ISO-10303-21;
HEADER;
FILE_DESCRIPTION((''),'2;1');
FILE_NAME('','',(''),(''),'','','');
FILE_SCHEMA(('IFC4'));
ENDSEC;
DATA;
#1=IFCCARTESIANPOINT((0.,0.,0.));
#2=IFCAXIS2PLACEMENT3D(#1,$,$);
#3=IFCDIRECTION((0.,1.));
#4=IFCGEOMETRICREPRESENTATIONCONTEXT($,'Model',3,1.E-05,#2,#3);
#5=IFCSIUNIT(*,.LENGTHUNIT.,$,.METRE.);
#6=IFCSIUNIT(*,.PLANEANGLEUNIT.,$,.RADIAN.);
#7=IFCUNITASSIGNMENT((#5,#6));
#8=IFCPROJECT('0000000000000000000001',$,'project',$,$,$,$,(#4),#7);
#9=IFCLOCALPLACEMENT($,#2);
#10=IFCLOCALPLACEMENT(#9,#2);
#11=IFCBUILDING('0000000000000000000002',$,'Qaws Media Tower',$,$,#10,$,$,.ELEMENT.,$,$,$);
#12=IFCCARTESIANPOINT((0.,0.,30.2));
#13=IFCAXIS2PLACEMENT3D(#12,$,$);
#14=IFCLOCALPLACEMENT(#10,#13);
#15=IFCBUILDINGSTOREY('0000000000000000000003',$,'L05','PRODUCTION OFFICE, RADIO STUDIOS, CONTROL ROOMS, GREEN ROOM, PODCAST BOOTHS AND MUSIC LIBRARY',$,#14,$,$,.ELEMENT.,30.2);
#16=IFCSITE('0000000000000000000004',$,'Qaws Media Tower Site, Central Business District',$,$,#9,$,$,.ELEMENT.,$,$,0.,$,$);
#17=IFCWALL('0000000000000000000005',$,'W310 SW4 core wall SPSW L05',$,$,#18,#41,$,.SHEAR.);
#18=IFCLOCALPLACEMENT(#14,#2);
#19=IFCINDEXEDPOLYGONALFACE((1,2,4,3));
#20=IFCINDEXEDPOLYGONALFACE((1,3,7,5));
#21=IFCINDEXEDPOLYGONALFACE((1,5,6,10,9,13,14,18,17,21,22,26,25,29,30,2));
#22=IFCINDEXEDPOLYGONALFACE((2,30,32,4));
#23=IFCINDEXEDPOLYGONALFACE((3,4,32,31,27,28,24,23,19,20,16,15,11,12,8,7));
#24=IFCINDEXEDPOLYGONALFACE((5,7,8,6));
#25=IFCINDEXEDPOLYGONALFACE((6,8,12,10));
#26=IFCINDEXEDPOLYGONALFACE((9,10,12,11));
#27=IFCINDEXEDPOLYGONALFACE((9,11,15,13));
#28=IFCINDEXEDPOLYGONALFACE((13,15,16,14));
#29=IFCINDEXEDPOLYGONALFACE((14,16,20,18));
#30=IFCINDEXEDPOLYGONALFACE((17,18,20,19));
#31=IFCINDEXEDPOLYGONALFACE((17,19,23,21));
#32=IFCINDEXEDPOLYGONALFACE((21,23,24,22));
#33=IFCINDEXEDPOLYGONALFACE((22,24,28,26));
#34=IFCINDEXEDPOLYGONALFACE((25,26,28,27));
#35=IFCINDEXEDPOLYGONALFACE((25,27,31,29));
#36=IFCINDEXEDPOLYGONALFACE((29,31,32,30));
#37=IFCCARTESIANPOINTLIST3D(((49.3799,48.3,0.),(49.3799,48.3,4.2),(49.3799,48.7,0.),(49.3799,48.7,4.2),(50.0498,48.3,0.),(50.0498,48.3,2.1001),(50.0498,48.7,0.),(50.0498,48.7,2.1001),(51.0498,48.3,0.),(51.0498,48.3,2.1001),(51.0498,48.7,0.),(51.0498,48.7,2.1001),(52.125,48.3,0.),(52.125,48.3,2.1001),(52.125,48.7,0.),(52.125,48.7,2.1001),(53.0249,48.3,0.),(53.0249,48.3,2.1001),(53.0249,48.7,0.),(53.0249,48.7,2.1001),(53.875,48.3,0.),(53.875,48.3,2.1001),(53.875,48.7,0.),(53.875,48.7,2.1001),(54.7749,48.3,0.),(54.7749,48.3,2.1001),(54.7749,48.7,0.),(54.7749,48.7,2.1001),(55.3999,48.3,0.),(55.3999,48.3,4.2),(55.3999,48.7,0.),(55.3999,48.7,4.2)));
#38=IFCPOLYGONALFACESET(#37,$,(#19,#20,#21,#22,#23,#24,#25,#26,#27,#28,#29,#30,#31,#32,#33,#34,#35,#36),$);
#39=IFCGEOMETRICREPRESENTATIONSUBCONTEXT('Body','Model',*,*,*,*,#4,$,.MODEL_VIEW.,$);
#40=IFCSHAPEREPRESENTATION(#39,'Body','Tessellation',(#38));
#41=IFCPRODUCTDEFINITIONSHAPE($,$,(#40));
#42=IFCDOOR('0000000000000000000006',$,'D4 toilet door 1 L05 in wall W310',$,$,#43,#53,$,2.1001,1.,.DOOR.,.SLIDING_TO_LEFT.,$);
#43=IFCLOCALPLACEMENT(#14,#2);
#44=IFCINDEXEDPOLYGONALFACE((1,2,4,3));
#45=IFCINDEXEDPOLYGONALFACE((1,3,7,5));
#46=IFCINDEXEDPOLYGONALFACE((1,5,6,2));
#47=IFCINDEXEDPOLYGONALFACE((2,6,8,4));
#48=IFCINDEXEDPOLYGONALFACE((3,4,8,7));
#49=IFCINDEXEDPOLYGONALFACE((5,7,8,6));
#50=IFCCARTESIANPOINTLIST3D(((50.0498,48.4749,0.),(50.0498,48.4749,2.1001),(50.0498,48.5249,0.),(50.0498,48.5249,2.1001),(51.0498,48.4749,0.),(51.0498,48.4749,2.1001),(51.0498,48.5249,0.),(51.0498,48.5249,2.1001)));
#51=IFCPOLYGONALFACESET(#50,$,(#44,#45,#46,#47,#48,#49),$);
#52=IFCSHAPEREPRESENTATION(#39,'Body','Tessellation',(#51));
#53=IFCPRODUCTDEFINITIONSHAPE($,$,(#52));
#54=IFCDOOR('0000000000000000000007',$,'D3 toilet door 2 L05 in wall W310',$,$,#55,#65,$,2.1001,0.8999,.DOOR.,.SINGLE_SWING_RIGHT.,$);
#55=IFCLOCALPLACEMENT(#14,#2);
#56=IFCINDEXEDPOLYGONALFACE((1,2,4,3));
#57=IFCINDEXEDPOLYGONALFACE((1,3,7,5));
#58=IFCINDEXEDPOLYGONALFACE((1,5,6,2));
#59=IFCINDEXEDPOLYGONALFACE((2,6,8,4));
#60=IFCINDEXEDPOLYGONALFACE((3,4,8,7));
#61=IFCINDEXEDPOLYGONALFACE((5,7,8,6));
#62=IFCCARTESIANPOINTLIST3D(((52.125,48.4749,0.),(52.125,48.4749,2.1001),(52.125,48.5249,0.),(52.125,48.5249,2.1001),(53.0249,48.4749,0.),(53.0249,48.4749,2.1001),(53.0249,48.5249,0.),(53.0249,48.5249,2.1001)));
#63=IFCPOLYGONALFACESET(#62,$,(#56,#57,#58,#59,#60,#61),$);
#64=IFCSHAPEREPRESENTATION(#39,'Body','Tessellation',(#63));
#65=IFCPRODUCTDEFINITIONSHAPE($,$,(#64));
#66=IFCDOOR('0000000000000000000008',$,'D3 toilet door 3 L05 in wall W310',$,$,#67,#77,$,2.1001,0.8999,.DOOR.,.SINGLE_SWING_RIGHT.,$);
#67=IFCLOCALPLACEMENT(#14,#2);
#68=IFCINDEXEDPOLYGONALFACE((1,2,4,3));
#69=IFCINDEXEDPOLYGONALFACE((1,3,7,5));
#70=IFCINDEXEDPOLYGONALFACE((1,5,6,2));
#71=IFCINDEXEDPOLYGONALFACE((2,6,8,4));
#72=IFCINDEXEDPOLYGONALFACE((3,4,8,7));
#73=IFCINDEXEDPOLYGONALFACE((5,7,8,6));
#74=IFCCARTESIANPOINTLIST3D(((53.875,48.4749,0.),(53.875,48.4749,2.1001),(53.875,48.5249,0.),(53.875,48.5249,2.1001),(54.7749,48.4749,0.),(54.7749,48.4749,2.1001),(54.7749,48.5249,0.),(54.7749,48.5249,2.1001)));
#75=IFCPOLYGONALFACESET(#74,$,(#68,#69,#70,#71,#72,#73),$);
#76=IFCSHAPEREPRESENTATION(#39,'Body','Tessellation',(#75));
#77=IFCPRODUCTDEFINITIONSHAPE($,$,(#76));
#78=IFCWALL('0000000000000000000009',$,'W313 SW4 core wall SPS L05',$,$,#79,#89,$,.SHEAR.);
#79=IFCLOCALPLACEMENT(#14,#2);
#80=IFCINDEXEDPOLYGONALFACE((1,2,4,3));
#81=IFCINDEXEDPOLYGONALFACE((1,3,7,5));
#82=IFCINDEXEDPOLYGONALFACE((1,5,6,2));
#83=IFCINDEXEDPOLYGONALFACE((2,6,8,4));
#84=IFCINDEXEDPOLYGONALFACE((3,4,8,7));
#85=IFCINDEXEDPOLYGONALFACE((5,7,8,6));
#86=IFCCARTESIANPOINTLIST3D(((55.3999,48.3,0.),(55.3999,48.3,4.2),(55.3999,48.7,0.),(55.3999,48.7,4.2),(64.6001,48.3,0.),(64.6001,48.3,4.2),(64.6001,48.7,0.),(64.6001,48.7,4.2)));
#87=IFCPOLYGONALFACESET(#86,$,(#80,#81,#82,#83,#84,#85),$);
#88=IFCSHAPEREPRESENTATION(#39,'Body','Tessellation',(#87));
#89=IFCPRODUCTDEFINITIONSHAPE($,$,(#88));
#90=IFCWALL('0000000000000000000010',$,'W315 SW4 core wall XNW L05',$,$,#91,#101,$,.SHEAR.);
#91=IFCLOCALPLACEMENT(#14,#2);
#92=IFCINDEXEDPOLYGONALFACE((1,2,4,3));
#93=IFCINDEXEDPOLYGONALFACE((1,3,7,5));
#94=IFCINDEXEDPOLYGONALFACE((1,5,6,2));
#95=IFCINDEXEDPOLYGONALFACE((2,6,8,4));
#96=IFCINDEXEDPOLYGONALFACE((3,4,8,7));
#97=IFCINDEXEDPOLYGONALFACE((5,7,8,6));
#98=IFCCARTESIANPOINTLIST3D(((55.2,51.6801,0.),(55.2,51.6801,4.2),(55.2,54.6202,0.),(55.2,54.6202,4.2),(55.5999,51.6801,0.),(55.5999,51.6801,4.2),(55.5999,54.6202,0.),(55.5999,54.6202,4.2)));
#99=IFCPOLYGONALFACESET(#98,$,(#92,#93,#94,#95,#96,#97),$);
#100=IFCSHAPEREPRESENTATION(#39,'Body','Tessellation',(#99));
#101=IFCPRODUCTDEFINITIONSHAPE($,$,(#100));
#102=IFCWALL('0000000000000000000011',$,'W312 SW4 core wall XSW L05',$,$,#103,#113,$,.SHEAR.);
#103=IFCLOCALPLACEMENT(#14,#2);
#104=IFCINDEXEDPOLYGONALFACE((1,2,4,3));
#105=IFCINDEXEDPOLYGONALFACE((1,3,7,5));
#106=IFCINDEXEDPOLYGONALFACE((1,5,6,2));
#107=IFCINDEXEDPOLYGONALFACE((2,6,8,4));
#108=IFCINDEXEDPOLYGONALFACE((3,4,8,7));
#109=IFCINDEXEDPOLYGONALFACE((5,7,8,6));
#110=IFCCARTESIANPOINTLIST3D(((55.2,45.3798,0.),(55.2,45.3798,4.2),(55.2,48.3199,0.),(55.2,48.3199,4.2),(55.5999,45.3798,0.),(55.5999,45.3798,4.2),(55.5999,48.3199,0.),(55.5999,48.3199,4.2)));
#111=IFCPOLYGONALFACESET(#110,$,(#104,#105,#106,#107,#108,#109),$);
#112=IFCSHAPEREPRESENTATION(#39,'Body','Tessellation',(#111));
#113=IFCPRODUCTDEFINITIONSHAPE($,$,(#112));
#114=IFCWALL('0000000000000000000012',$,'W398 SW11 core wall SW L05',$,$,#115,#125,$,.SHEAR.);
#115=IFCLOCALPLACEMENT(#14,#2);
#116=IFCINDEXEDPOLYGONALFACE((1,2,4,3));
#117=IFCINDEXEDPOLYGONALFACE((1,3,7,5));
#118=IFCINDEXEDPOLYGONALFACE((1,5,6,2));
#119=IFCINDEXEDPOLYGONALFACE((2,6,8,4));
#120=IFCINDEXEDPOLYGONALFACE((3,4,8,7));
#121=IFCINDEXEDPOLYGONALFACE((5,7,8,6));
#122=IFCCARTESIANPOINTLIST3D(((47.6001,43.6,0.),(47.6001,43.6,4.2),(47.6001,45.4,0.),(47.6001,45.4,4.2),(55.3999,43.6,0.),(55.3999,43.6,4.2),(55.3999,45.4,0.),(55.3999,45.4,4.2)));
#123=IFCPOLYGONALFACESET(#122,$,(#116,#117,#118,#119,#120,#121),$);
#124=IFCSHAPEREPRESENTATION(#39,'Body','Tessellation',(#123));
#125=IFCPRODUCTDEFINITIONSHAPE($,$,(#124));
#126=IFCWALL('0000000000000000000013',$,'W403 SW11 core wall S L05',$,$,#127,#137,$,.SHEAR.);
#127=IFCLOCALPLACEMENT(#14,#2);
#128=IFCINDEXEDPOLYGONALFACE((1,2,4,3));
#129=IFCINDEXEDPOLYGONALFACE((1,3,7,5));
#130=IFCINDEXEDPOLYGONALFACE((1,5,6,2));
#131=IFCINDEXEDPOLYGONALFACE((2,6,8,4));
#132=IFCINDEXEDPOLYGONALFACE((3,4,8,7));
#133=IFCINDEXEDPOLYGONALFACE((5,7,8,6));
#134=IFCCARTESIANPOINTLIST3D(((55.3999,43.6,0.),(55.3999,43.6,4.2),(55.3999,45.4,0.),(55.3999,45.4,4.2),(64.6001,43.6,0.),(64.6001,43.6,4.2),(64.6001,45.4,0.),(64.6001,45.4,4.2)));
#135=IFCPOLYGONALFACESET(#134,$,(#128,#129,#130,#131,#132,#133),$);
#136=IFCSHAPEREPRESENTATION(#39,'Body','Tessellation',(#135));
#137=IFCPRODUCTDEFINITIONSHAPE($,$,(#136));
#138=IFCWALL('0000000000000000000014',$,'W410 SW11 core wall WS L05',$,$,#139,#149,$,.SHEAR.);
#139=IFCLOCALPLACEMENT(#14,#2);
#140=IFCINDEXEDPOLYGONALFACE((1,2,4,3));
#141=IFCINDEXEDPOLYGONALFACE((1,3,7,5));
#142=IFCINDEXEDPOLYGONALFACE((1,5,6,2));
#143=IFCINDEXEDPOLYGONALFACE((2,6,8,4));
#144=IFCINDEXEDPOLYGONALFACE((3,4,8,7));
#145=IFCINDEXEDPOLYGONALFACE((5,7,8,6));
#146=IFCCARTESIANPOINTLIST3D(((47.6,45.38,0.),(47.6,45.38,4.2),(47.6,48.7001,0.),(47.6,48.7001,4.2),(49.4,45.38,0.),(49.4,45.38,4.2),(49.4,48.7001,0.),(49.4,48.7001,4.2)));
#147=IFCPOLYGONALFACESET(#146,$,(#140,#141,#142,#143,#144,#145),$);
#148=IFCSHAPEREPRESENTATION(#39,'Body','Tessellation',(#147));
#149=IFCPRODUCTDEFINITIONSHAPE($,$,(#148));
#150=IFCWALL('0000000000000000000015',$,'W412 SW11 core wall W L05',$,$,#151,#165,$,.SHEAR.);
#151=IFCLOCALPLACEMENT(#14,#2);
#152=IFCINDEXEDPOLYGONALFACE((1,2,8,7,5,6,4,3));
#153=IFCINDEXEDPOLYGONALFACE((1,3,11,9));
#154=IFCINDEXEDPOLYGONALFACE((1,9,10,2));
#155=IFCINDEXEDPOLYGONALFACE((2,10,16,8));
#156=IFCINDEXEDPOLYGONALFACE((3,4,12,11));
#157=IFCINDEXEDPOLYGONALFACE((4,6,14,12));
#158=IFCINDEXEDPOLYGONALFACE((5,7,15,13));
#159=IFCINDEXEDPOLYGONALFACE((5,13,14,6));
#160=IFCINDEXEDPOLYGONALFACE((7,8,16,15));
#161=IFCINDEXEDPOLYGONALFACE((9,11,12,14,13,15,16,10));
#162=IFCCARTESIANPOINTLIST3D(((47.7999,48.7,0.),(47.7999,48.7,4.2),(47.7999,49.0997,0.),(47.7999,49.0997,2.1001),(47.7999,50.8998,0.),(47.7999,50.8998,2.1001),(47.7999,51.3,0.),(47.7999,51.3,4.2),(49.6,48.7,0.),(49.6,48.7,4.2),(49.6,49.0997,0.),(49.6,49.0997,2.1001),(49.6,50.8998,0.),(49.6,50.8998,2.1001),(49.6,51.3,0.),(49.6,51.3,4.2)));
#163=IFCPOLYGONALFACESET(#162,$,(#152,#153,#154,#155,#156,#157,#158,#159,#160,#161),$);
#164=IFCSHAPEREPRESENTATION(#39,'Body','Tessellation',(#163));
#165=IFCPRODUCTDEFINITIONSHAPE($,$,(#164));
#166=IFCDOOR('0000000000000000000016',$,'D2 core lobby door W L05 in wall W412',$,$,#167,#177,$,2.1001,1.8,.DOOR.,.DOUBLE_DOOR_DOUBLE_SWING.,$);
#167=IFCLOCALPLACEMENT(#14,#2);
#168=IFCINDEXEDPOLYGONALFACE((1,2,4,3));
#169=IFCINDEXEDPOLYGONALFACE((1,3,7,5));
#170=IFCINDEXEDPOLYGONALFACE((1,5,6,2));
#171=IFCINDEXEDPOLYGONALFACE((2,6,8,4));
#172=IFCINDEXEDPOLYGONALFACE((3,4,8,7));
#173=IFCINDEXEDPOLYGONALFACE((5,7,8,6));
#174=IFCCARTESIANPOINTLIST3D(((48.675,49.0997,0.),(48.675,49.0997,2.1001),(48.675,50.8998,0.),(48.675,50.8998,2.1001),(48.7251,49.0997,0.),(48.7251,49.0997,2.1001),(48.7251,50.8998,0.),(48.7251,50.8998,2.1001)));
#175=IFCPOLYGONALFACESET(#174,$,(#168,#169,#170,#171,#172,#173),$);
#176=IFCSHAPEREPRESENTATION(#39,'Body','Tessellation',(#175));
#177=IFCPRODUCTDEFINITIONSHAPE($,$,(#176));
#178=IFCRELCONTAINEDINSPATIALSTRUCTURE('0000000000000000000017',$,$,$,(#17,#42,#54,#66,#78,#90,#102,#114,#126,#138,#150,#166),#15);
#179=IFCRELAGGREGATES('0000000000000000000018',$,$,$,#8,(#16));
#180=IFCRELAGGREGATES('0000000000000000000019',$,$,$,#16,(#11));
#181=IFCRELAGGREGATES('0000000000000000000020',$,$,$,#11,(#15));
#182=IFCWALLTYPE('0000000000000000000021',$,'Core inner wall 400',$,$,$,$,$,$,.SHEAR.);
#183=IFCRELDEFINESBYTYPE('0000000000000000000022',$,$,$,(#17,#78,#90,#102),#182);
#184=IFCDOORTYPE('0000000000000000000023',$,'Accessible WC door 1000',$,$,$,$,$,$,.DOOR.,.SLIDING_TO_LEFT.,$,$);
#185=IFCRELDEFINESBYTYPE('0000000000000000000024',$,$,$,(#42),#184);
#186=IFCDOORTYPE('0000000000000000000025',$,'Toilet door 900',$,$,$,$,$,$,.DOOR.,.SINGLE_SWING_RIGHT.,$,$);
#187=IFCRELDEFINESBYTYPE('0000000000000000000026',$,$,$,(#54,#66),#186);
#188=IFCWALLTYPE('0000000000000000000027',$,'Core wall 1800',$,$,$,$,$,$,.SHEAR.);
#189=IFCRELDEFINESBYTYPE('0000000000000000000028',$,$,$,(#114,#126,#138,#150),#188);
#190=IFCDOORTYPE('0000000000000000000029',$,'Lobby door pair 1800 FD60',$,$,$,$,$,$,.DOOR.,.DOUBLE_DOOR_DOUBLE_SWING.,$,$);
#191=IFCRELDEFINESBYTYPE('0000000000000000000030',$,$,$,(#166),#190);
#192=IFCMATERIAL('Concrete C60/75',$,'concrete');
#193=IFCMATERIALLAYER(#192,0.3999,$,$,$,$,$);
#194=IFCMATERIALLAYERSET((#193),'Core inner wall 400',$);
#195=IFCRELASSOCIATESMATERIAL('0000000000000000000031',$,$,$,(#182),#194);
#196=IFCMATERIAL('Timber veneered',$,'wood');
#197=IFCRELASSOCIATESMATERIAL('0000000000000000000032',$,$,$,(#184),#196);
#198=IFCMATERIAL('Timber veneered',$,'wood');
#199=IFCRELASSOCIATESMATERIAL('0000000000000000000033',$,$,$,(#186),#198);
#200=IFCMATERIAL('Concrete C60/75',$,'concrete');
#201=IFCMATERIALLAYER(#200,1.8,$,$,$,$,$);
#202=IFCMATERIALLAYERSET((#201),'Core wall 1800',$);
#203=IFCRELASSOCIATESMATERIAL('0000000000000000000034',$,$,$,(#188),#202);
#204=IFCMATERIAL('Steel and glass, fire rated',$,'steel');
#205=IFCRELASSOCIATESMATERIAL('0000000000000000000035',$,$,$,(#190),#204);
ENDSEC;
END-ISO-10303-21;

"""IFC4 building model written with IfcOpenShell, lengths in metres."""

from ifc_helpers import new_model, si_unit, direction, frame, frame_2d, origin, place, context, subcontext, project, spatial, rectangle, extrude, material, layer, layer_set, type_object, element, fill, save


model = new_model("IFC4")

# Units and contexts
model_context = context("Model", 3, precision=1e-05, world=origin(), true_north=direction((0.0, 1.0)))
body_context = subcontext(model_context, "Body", "Model", "MODEL_VIEW")
ifc_project = project(units=[si_unit("LENGTHUNIT", "METRE"), si_unit("PLANEANGLEUNIT", "RADIAN")], contexts=[model_context])

# Site, building, storey
site_placement = place(None, origin())
site = spatial("IfcSite", under=ifc_project, at=site_placement, Name="Qaws Media Tower Site, Central Business District", CompositionType="ELEMENT", RefElevation=0.0)
building_placement = place(site_placement, origin())
building = spatial("IfcBuilding", under=site, at=building_placement, Name="Qaws Media Tower", CompositionType="ELEMENT")
storey_placement = place(building_placement, frame((0.0, 0.0, 30.2)))
storey = spatial("IfcBuildingStorey", under=building, at=storey_placement, Name="L05", Description="PRODUCTION OFFICE, RADIO STUDIOS, CONTROL ROOMS, GREEN ROOM, PODCAST BOOTHS AND MUSIC LIBRARY", CompositionType="ELEMENT", Elevation=30.2)

# Shared definitions
ifc_material_1 = material(Name="Concrete C60/75", Category="concrete")
ifc_layer_1 = layer(ifc_material_1, 0.3999)
ifc_layer_set_1 = layer_set([ifc_layer_1], Name="Core inner wall 400")
wall_type_1 = type_object("IfcWallType", Name="Core inner wall 400", PredefinedType="SHEAR", material=ifc_layer_set_1)

# Wall, openings, doors
wall_1_placement = place(storey_placement, frame((49.3799, 48.5, 0.0), z_axis=(0.0, 0.0, 1.0), x_axis=(1.0, 0.0, 0.0)))
wall_1 = element("IfcWall", 1, at=wall_1_placement, inside=storey, type_object=wall_type_1, Name="W310 SW4 core wall SPSW L05", PredefinedType="SHEAR", context=body_context, shape_type="SweptSolid", body=[
    extrude(rectangle(XDim=6.02, YDim=0.3999, at=frame_2d((3.01, 0.0))), origin(), (0.0, 0.0, 1.0), 4.2),
])
opening_1_placement = place(wall_1_placement, frame((0.6699, 0.0, 0.0)))
opening_1 = element("IfcOpeningElement", 2, at=opening_1_placement, cuts=wall_1, PredefinedType="OPENING", context=body_context, shape_type="SweptSolid", body=[
    extrude(rectangle(XDim=1.0, YDim=2.1001, at=frame_2d((0.5, 1.05))), frame((0.0, 0.21, 0.0), z_axis=(0.0, -1.0, 0.0), x_axis=(1.0, 0.0, 0.0)), (0.0, 0.0, 1.0), 0.4199),
])
opening_2_placement = place(wall_1_placement, frame((2.7451, 0.0, 0.0)))
opening_2 = element("IfcOpeningElement", 3, at=opening_2_placement, cuts=wall_1, PredefinedType="OPENING", context=body_context, shape_type="SweptSolid", body=[
    extrude(rectangle(XDim=0.8999, YDim=2.1001, at=frame_2d((0.45, 1.05))), frame((0.0, 0.21, 0.0), z_axis=(0.0, -1.0, 0.0), x_axis=(1.0, 0.0, 0.0)), (0.0, 0.0, 1.0), 0.4199),
])
opening_3_placement = place(wall_1_placement, frame((4.4951, 0.0, 0.0)))
opening_3 = element("IfcOpeningElement", 4, at=opening_3_placement, cuts=wall_1, PredefinedType="OPENING", context=body_context, shape_type="SweptSolid", body=[
    extrude(rectangle(XDim=0.8999, YDim=2.1001, at=frame_2d((0.45, 1.05))), frame((0.0, 0.21, 0.0), z_axis=(0.0, -1.0, 0.0), x_axis=(1.0, 0.0, 0.0)), (0.0, 0.0, 1.0), 0.4199),
])
ifc_material_2 = material(Name="Timber veneered", Category="wood")
door_type_1 = type_object("IfcDoorType", Name="Accessible WC door 1000", OperationType="SLIDING_TO_LEFT", PredefinedType="DOOR", material=ifc_material_2)
door_1_placement = place(opening_1_placement, origin())
door_1 = element("IfcDoor", 5, at=door_1_placement, inside=storey, type_object=door_type_1, Name="D4 toilet door 1 L05 in wall W310", OperationType="SLIDING_TO_LEFT", OverallHeight=2.1001, OverallWidth=1.0, PredefinedType="DOOR", context=body_context, shape_type="SweptSolid", body=[
    extrude(rectangle(XDim=1.0, YDim=2.1001, at=frame_2d((0.5, 1.05))), frame((0.0, 0.0249, 0.0), z_axis=(0.0, -1.0, 0.0), x_axis=(1.0, 0.0, 0.0)), (0.0, 0.0, 1.0), 0.05),
])
fill(opening_1, door_1)
ifc_material_3 = material(Name="Timber veneered", Category="wood")
door_type_2 = type_object("IfcDoorType", Name="Toilet door 900", OperationType="SINGLE_SWING_RIGHT", PredefinedType="DOOR", material=ifc_material_3)
door_2_placement = place(opening_2_placement, origin())
door_2 = element("IfcDoor", 6, at=door_2_placement, inside=storey, type_object=door_type_2, Name="D3 toilet door 2 L05 in wall W310", OperationType="SINGLE_SWING_RIGHT", OverallHeight=2.1001, OverallWidth=0.8999, PredefinedType="DOOR", context=body_context, shape_type="SweptSolid", body=[
    extrude(rectangle(XDim=0.8999, YDim=2.1001, at=frame_2d((0.45, 1.05))), frame((0.0, 0.0249, 0.0), z_axis=(0.0, -1.0, 0.0), x_axis=(1.0, 0.0, 0.0)), (0.0, 0.0, 1.0), 0.05),
])
fill(opening_2, door_2)
door_3_placement = place(opening_3_placement, origin())
door_3 = element("IfcDoor", 7, at=door_3_placement, inside=storey, type_object=door_type_2, Name="D3 toilet door 3 L05 in wall W310", OperationType="SINGLE_SWING_RIGHT", OverallHeight=2.1001, OverallWidth=0.8999, PredefinedType="DOOR", context=body_context, shape_type="SweptSolid", body=[
    extrude(rectangle(XDim=0.8999, YDim=2.1001, at=frame_2d((0.45, 1.05))), frame((0.0, 0.0249, 0.0), z_axis=(0.0, -1.0, 0.0), x_axis=(1.0, 0.0, 0.0)), (0.0, 0.0, 1.0), 0.05),
])
fill(opening_3, door_3)

# Walls
wall_2_placement = place(storey_placement, frame((55.3999, 48.5, 0.0), z_axis=(0.0, 0.0, 1.0), x_axis=(1.0, 0.0, 0.0)))
element("IfcWall", 8, at=wall_2_placement, inside=storey, type_object=wall_type_1, Name="W313 SW4 core wall SPS L05", PredefinedType="SHEAR", context=body_context, shape_type="SweptSolid", body=[
    extrude(rectangle(XDim=9.2002, YDim=0.3999, at=frame_2d((4.6001, 0.0))), origin(), (0.0, 0.0, 1.0), 4.2),
])
for number, where, z_axis, x_axis, name in (
    (9, (55.3999, 51.6799, 0.0), (0.0, 0.0, 1.0), (0.0, 1.0, 0.0), "W315 SW4 core wall XNW L05"),
    (10, (55.3999, 48.3201, 0.0), (0.0, 0.0, 1.0), (0.0, -1.0, 0.0), "W312 SW4 core wall XSW L05"),
):
    element("IfcWall", number, at=place(storey_placement, frame(where, z_axis=z_axis, x_axis=x_axis)), inside=storey, type_object=wall_type_1, Name=name, PredefinedType="SHEAR", context=body_context, shape_type="SweptSolid", body=[
        extrude(rectangle(XDim=2.9402, YDim=0.3999, at=frame_2d((1.4702, 0.0))), origin(), (0.0, 0.0, 1.0), 4.2),
    ])
ifc_material_4 = material(Name="Concrete C60/75", Category="concrete")
ifc_layer_2 = layer(ifc_material_4, 1.8)
ifc_layer_set_2 = layer_set([ifc_layer_2], Name="Core wall 1800")
wall_type_2 = type_object("IfcWallType", Name="Core wall 1800", PredefinedType="SHEAR", material=ifc_layer_set_2)
wall_3_placement = place(storey_placement, frame((47.6001, 44.5, 0.0), z_axis=(0.0, 0.0, 1.0), x_axis=(1.0, 0.0, 0.0)))
element("IfcWall", 11, at=wall_3_placement, inside=storey, type_object=wall_type_2, Name="W398 SW11 core wall SW L05", PredefinedType="SHEAR", context=body_context, shape_type="SweptSolid", body=[
    extrude(rectangle(XDim=7.7998, YDim=1.8, at=frame_2d((3.8999, 0.0))), origin(), (0.0, 0.0, 1.0), 4.2),
])
wall_4_placement = place(storey_placement, frame((55.3999, 44.5, 0.0), z_axis=(0.0, 0.0, 1.0), x_axis=(1.0, 0.0, 0.0)))
element("IfcWall", 12, at=wall_4_placement, inside=storey, type_object=wall_type_2, Name="W403 SW11 core wall S L05", PredefinedType="SHEAR", context=body_context, shape_type="SweptSolid", body=[
    extrude(rectangle(XDim=9.2002, YDim=1.8, at=frame_2d((4.6001, 0.0))), origin(), (0.0, 0.0, 1.0), 4.2),
])
wall_5_placement = place(storey_placement, frame((48.5, 45.3799, 0.0), z_axis=(0.0, 0.0, 1.0), x_axis=(0.0, 1.0, 0.0)))
element("IfcWall", 13, at=wall_5_placement, inside=storey, type_object=wall_type_2, Name="W410 SW11 core wall WS L05", PredefinedType="SHEAR", context=body_context, shape_type="SweptSolid", body=[
    extrude(rectangle(XDim=3.3201, YDim=1.8, at=frame_2d((1.6602, 0.0))), origin(), (0.0, 0.0, 1.0), 4.2),
])

# Wall, opening, door
wall_6_placement = place(storey_placement, frame((48.7, 48.7, 0.0), z_axis=(0.0, 0.0, 1.0), x_axis=(0.0, 1.0, 0.0)))
wall_6 = element("IfcWall", 14, at=wall_6_placement, inside=storey, type_object=wall_type_2, Name="W412 SW11 core wall W L05", PredefinedType="SHEAR", context=body_context, shape_type="SweptSolid", body=[
    extrude(rectangle(XDim=2.6001, YDim=1.8, at=frame_2d((1.3, 0.0))), origin(), (0.0, 0.0, 1.0), 4.2),
])
opening_4_placement = place(wall_6_placement, frame((0.3999, 0.0, 0.0)))
opening_4 = element("IfcOpeningElement", 15, at=opening_4_placement, cuts=wall_6, PredefinedType="OPENING", context=body_context, shape_type="SweptSolid", body=[
    extrude(rectangle(XDim=1.8, YDim=2.1001, at=frame_2d((0.8999, 1.05))), frame((0.0, 0.9099, 0.0), z_axis=(0.0, -1.0, 0.0), x_axis=(1.0, 0.0, 0.0)), (0.0, 0.0, 1.0), 1.8201),
])
ifc_material_5 = material(Name="Steel and glass, fire rated", Category="steel")
door_type_3 = type_object("IfcDoorType", Name="Lobby door pair 1800 FD60", OperationType="DOUBLE_DOOR_DOUBLE_SWING", PredefinedType="DOOR", material=ifc_material_5)
door_4_placement = place(opening_4_placement, origin())
door_4 = element("IfcDoor", 16, at=door_4_placement, inside=storey, type_object=door_type_3, Name="D2 core lobby door W L05 in wall W412", OperationType="DOUBLE_DOOR_DOUBLE_SWING", OverallHeight=2.1001, OverallWidth=1.8, PredefinedType="DOOR", context=body_context, shape_type="SweptSolid", body=[
    extrude(rectangle(XDim=1.8, YDim=2.1001, at=frame_2d((0.8999, 1.05))), frame((0.0, 0.0249, 0.0), z_axis=(0.0, -1.0, 0.0), x_axis=(1.0, 0.0, 0.0)), (0.0, 0.0, 1.0), 0.05),
])
fill(opening_4, door_4)

save(model, "model.ifc")
